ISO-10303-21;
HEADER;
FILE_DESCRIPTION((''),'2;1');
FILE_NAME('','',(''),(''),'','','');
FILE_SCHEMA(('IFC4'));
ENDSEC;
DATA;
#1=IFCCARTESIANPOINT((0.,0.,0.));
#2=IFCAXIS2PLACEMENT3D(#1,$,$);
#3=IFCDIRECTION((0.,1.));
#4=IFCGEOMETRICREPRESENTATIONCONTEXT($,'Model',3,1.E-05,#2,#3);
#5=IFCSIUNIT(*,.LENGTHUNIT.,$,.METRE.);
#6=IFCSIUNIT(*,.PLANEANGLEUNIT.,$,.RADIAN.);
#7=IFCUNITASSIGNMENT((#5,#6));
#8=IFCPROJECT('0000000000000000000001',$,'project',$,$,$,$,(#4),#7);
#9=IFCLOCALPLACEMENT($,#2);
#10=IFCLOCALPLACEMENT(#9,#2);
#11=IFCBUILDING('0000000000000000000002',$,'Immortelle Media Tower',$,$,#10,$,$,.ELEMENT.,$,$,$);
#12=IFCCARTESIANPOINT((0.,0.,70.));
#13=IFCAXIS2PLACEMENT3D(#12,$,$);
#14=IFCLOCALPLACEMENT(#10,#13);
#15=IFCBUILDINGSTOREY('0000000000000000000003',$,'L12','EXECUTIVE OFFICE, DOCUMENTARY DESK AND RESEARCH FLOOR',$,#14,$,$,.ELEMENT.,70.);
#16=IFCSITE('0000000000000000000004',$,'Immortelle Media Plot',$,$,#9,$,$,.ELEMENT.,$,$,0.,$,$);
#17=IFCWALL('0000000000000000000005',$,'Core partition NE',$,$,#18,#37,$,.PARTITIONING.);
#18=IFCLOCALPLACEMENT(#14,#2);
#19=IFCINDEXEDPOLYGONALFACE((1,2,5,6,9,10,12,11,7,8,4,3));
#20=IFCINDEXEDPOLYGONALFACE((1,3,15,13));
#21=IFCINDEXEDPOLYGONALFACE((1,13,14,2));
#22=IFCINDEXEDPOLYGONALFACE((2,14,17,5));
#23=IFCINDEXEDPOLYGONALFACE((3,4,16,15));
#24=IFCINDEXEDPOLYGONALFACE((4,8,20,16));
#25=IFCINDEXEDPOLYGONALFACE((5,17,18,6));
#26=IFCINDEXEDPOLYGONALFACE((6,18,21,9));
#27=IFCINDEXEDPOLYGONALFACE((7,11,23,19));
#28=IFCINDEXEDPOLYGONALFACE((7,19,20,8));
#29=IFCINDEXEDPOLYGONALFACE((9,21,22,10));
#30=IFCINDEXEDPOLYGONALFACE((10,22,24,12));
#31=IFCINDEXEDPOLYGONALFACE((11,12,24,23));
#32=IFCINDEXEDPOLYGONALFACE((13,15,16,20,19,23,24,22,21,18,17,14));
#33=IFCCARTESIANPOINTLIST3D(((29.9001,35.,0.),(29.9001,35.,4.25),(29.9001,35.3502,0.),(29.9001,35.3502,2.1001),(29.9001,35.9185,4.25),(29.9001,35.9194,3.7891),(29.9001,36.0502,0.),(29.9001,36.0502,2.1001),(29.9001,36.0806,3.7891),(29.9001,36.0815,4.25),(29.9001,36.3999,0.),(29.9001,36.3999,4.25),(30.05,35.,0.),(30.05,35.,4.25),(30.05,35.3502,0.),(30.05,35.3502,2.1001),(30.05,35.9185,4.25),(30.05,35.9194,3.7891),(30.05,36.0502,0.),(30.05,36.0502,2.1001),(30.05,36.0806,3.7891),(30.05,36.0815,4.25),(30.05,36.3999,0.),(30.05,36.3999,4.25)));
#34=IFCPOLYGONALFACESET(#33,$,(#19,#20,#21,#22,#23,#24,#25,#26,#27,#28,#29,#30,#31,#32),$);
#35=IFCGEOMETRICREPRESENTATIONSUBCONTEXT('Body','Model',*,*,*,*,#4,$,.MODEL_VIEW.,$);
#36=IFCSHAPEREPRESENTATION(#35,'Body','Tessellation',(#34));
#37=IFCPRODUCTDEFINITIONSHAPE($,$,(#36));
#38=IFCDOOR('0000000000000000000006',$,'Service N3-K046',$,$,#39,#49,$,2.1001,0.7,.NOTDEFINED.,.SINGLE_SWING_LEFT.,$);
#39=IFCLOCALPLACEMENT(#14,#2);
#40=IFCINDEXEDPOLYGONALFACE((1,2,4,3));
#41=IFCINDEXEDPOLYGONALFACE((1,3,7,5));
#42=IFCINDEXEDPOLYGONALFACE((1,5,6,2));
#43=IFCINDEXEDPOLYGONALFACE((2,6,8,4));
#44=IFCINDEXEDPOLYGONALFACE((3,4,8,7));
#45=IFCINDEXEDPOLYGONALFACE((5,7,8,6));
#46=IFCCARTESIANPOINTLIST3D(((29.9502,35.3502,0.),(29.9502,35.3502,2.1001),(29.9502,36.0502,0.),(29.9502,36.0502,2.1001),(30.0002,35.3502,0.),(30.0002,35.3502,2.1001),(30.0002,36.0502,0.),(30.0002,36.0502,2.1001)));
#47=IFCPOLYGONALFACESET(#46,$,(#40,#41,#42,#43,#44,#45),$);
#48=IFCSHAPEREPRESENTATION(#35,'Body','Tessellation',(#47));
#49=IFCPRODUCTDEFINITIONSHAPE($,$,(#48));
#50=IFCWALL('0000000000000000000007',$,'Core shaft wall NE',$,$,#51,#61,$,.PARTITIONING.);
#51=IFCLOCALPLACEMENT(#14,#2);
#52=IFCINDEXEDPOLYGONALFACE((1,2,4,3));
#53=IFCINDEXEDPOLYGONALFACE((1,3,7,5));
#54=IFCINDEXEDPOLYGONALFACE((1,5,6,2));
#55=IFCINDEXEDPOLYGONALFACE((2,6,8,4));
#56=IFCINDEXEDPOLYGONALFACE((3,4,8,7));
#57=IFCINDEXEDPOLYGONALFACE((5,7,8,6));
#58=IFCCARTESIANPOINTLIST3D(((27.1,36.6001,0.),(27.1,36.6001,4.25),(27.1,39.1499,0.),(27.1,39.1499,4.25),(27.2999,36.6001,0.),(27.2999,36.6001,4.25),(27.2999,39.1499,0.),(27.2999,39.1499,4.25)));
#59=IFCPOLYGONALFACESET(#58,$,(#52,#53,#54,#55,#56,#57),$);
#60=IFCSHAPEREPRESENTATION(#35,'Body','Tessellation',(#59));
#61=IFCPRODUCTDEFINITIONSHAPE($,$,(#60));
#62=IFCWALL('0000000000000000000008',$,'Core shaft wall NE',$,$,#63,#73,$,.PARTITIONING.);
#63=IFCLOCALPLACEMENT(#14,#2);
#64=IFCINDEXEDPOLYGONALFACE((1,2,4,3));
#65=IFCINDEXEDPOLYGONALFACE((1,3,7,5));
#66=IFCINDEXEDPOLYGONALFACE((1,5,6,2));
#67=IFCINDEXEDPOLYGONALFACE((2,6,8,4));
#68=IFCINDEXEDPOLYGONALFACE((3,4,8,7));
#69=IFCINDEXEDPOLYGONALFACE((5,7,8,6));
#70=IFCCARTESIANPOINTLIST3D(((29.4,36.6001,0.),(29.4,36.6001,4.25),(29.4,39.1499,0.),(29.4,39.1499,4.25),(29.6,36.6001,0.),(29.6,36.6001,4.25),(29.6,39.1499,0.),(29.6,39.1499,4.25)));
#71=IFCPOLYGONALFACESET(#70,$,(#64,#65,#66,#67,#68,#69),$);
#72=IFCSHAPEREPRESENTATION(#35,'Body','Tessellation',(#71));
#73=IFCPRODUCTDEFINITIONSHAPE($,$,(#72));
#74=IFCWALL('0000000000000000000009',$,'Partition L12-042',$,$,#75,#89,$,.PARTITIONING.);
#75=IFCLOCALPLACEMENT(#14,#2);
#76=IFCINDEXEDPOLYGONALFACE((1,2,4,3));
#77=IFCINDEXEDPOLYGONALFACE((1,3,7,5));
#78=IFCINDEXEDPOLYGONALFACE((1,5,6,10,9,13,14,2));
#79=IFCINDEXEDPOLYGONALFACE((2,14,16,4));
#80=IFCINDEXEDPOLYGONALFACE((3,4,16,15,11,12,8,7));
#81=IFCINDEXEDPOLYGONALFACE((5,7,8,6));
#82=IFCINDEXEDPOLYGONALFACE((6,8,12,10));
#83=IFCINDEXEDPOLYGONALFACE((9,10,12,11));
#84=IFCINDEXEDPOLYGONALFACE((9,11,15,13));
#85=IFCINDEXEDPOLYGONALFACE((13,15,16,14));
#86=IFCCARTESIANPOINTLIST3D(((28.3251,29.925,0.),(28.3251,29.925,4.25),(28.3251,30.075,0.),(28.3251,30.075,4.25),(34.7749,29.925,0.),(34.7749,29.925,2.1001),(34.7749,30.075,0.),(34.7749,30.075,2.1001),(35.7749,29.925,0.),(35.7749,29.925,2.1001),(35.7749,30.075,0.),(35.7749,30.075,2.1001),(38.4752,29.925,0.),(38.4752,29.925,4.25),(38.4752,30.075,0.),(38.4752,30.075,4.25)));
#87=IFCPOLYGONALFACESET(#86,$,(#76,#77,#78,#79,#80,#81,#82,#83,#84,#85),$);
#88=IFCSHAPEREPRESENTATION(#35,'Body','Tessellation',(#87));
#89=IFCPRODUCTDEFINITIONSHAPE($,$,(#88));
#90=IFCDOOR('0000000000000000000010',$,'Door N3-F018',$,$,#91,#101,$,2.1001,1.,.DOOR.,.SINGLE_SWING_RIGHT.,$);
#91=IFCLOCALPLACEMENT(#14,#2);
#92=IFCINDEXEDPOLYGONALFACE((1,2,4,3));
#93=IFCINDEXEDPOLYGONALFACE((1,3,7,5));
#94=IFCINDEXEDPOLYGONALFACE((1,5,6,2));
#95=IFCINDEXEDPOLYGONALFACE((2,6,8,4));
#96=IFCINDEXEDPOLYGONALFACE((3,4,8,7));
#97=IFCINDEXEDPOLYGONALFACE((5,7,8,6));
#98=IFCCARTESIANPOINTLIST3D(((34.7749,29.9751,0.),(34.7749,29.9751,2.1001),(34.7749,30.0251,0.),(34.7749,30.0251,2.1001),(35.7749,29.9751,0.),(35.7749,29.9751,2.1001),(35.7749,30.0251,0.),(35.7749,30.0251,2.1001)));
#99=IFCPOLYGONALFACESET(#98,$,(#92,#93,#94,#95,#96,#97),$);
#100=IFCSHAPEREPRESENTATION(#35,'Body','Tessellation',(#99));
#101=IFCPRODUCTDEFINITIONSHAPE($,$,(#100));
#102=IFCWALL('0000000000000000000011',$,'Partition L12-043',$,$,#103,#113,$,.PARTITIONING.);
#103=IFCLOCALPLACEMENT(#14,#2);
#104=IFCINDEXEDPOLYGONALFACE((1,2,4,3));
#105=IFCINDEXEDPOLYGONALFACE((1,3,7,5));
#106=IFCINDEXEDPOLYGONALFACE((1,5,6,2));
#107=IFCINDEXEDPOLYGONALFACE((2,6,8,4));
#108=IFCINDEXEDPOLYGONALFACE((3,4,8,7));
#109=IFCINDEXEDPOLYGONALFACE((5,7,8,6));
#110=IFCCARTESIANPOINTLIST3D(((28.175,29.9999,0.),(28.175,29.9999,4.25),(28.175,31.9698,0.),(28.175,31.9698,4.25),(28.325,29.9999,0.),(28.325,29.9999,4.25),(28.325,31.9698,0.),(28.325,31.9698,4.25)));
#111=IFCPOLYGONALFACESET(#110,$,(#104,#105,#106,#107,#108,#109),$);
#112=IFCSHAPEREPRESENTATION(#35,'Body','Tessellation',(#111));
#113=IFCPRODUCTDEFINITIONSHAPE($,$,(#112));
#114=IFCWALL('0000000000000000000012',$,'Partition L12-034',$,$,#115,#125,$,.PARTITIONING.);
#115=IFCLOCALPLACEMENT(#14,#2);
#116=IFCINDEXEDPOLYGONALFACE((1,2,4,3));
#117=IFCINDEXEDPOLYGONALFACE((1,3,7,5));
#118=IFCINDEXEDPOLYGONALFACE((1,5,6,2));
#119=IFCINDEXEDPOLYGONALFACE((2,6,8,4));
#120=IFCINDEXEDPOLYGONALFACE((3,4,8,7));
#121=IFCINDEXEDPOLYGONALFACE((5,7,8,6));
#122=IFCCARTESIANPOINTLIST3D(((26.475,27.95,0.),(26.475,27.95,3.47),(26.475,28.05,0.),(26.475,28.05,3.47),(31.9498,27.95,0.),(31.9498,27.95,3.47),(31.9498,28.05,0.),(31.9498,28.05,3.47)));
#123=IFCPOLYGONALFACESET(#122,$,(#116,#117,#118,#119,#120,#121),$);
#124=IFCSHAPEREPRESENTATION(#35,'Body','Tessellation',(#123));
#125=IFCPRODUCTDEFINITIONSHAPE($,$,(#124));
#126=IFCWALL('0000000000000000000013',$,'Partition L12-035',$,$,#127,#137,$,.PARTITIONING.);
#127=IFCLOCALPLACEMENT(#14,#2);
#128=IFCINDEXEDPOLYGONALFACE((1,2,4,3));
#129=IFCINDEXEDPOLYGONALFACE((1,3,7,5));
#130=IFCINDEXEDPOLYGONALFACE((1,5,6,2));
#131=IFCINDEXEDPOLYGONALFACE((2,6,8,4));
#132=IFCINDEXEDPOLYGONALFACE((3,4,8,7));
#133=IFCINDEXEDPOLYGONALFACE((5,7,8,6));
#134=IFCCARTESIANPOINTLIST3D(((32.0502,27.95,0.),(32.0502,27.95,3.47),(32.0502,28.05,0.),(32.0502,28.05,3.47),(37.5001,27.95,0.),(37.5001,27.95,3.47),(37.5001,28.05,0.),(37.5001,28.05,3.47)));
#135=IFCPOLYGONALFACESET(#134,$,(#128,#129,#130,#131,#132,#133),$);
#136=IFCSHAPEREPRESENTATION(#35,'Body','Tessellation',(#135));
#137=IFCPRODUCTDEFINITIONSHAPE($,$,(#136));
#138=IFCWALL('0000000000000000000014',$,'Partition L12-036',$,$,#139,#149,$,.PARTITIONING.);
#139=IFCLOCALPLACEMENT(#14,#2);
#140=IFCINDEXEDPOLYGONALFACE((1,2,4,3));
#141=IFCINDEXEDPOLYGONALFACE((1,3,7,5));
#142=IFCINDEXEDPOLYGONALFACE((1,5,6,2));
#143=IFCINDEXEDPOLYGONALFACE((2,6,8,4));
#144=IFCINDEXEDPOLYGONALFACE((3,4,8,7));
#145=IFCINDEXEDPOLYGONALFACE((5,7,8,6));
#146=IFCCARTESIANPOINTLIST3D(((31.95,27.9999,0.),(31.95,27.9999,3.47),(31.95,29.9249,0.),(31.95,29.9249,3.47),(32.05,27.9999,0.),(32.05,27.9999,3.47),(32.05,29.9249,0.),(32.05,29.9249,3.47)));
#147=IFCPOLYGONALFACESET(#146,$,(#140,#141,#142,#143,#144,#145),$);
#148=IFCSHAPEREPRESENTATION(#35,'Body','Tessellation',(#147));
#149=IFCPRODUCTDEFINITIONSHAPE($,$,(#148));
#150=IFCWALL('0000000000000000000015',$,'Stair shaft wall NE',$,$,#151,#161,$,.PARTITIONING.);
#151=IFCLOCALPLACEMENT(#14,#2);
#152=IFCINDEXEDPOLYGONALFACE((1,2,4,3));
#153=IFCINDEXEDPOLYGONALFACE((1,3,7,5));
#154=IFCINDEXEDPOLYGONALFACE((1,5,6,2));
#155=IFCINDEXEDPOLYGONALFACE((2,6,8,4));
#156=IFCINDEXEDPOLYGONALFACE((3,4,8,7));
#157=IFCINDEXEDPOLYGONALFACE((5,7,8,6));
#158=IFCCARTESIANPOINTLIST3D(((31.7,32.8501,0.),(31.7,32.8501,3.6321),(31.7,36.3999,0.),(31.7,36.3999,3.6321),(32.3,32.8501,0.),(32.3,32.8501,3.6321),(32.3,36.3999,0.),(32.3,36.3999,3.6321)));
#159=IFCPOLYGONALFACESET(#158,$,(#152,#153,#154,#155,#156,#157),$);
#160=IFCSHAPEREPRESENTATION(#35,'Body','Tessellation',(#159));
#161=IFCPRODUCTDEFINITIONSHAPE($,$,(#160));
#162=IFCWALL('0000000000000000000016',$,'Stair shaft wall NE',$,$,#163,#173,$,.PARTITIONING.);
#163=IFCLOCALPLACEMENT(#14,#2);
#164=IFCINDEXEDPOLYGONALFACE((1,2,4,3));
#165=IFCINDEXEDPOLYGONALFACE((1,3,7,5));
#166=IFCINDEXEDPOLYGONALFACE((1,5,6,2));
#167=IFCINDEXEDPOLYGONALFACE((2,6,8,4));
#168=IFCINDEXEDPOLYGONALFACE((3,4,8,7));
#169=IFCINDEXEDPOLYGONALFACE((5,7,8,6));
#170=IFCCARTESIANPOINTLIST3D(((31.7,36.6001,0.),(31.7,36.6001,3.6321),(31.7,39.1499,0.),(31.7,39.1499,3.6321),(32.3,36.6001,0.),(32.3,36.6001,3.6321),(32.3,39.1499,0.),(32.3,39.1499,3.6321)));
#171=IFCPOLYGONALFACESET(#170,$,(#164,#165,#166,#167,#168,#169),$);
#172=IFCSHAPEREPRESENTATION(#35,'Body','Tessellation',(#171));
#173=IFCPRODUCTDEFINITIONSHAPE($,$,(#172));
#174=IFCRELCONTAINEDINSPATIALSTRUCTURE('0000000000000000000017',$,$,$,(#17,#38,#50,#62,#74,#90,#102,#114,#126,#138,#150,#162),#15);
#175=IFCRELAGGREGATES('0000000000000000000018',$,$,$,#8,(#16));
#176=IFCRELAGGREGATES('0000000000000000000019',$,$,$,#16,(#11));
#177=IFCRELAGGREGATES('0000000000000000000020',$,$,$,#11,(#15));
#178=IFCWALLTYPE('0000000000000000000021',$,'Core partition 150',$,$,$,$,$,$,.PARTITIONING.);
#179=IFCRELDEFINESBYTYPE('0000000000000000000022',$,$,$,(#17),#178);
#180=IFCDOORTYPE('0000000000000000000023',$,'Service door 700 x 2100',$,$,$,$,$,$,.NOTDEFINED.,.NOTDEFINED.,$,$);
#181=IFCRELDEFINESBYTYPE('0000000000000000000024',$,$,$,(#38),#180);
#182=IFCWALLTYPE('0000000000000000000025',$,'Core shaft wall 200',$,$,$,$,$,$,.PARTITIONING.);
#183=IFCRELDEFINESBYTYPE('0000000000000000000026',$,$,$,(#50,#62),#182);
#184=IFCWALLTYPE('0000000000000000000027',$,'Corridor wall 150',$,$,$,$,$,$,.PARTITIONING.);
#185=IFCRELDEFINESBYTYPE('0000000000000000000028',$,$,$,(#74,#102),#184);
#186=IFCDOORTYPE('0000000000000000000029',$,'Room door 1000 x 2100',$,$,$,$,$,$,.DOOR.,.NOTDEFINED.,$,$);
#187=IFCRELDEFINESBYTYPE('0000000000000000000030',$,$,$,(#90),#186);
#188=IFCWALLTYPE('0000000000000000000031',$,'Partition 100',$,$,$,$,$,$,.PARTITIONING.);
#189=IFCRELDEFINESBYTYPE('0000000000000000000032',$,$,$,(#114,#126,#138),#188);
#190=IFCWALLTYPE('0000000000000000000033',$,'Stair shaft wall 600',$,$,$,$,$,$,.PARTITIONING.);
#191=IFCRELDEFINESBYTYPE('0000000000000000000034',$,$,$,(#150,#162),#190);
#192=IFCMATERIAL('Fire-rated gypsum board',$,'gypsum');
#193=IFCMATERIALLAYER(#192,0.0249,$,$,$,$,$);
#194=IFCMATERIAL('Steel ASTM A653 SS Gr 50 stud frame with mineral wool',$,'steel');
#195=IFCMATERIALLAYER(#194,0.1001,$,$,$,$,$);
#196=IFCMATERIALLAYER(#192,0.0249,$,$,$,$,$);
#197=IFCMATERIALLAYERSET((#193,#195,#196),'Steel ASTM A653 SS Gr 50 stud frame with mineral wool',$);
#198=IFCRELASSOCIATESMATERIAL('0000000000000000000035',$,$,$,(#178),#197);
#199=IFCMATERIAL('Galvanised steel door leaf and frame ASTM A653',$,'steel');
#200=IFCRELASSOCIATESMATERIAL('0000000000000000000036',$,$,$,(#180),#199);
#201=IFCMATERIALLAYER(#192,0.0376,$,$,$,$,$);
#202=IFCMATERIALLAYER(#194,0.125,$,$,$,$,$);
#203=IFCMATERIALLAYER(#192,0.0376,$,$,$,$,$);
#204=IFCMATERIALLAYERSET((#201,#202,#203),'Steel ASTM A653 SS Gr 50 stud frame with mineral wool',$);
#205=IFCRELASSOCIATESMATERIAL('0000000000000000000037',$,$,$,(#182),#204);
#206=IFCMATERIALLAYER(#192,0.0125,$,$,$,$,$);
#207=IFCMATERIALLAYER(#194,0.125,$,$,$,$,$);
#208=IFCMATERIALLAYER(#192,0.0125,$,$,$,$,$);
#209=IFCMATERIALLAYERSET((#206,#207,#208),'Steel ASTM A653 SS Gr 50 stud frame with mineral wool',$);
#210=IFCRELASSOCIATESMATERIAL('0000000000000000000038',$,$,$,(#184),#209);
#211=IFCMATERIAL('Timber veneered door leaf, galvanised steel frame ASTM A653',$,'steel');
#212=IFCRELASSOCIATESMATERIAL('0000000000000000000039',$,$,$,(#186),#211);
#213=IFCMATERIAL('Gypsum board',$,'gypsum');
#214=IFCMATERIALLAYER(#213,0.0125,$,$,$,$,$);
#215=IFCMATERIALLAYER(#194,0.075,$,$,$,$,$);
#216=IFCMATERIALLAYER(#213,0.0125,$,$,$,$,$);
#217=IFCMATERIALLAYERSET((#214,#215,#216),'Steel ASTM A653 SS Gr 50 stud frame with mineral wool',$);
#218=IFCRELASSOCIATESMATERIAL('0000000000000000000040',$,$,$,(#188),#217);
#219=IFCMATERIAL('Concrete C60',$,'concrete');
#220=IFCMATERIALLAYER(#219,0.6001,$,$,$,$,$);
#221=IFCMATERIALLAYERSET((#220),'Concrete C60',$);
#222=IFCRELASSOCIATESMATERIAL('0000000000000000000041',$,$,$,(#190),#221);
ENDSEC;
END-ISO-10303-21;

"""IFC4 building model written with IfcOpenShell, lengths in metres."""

from ifc_helpers import new_model, si_unit, direction, frame, frame_2d, origin, place, context, subcontext, project, spatial, polyline, rectangle, outline, extrude, material, layer, layer_set, type_object, element, fill, save


model = new_model("IFC4")

# Units and contexts
model_context = context("Model", 3, precision=1e-05, world=origin(), true_north=direction((0.0, 1.0)))
body_context = subcontext(model_context, "Body", "Model", "MODEL_VIEW")
ifc_project = project(units=[si_unit("LENGTHUNIT", "METRE"), si_unit("PLANEANGLEUNIT", "RADIAN")], contexts=[model_context])

# Site, building, storey
site_placement = place(None, origin())
site = spatial("IfcSite", under=ifc_project, at=site_placement, Name="Immortelle Media Plot", CompositionType="ELEMENT", RefElevation=0.0)
building_placement = place(site_placement, origin())
building = spatial("IfcBuilding", under=site, at=building_placement, Name="Immortelle Media Tower", CompositionType="ELEMENT")
storey_placement = place(building_placement, frame((0.0, 0.0, 70.0)))
storey = spatial("IfcBuildingStorey", under=building, at=storey_placement, Name="L12", Description="EXECUTIVE OFFICE, DOCUMENTARY DESK AND RESEARCH FLOOR", CompositionType="ELEMENT", Elevation=70.0)

# Shared definitions
ifc_material_1 = material(Name="Fire-rated gypsum board", Category="gypsum")
ifc_layer_1 = layer(ifc_material_1, 0.0249)
ifc_material_2 = material(Name="Steel ASTM A653 SS Gr 50 stud frame with mineral wool", Category="steel")
ifc_layer_2 = layer(ifc_material_2, 0.1001)
ifc_layer_3 = layer(ifc_material_1, 0.0249)
ifc_layer_set_1 = layer_set([ifc_layer_1, ifc_layer_2, ifc_layer_3], Name="Steel ASTM A653 SS Gr 50 stud frame with mineral wool")
wall_type_1 = type_object("IfcWallType", Name="Core partition 150", PredefinedType="PARTITIONING", material=ifc_layer_set_1)
ifc_material_3 = material(Name="Galvanised steel door leaf and frame ASTM A653", Category="steel")

# Wall, opening, door
wall_1_placement = place(storey_placement, frame((29.9751, 35.0, 0.0), z_axis=(0.0, 0.0, 1.0), x_axis=(0.0, 1.0, 0.0)))
wall_1 = element("IfcWall", 1, at=wall_1_placement, inside=storey, type_object=wall_type_1, Name="Core partition NE", PredefinedType="PARTITIONING", context=body_context, shape_type="SweptSolid", body=[
    extrude(outline(polyline([(0.0, 0.0), (1.3999, 0.0), (1.3999, 4.25), (1.0815, 4.25), (1.0806, 3.7891), (0.9194, 3.7891), (0.9185, 4.25), (0.0, 4.25), (0.0, 0.0)])), frame((0.0, 0.075, 0.0), z_axis=(0.0, -1.0, 0.0), x_axis=(1.0, 0.0, 0.0)), (0.0, 0.0, 1.0), 0.1499),
])
opening_1_placement = place(wall_1_placement, frame((0.3501, 0.0, 0.0)))
opening_1 = element("IfcOpeningElement", 2, at=opening_1_placement, cuts=wall_1, PredefinedType="OPENING", context=body_context, shape_type="SweptSolid", body=[
    extrude(rectangle(XDim=0.7, YDim=2.1001, at=frame_2d((0.3501, 1.05))), frame((0.0, 0.085, 0.0), z_axis=(0.0, -1.0, 0.0), x_axis=(1.0, 0.0, 0.0)), (0.0, 0.0, 1.0), 0.1699),
])
door_type_1 = type_object("IfcDoorType", Name="Service door 700 x 2100", OperationType="NOTDEFINED", PredefinedType="NOTDEFINED", material=ifc_material_3)
door_1_placement = place(opening_1_placement, origin())
door_1 = element("IfcDoor", 3, at=door_1_placement, inside=storey, type_object=door_type_1, Name="Service N3-K046", OperationType="SINGLE_SWING_LEFT", OverallHeight=2.1001, OverallWidth=0.7, PredefinedType="NOTDEFINED", context=body_context, shape_type="SweptSolid", body=[
    extrude(rectangle(XDim=0.7, YDim=2.1001, at=frame_2d((0.3501, 1.05))), frame((0.0, 0.0249, 0.0), z_axis=(0.0, -1.0, 0.0), x_axis=(1.0, 0.0, 0.0)), (0.0, 0.0, 1.0), 0.05),
])
fill(opening_1, door_1)

# Walls
ifc_layer_4 = layer(ifc_material_1, 0.0376)
ifc_layer_5 = layer(ifc_material_2, 0.125)
ifc_layer_6 = layer(ifc_material_1, 0.0376)
ifc_layer_set_2 = layer_set([ifc_layer_4, ifc_layer_5, ifc_layer_6], Name="Steel ASTM A653 SS Gr 50 stud frame with mineral wool")
wall_type_2 = type_object("IfcWallType", Name="Core shaft wall 200", PredefinedType="PARTITIONING", material=ifc_layer_set_2)
for number, where, z_axis, x_axis, name in (
    (4, (27.2, 36.6001, 0.0), (0.0, 0.0, 1.0), (0.0, 1.0, 0.0), "Core shaft wall NE"),
    (5, (29.5, 36.6001, 0.0), (0.0, 0.0, 1.0), (0.0, 1.0, 0.0), "Core shaft wall NE"),
):
    element("IfcWall", number, at=place(storey_placement, frame(where, z_axis=z_axis, x_axis=x_axis)), inside=storey, type_object=wall_type_2, Name=name, PredefinedType="PARTITIONING", context=body_context, shape_type="SweptSolid", body=[
        extrude(rectangle(XDim=2.5498, YDim=0.2, at=frame_2d((1.2749, 0.0))), origin(), (0.0, 0.0, 1.0), 4.25),
    ])

# Wall, opening, door
ifc_layer_7 = layer(ifc_material_1, 0.0125)
ifc_layer_8 = layer(ifc_material_2, 0.125)
ifc_layer_9 = layer(ifc_material_1, 0.0125)
ifc_layer_set_3 = layer_set([ifc_layer_7, ifc_layer_8, ifc_layer_9], Name="Steel ASTM A653 SS Gr 50 stud frame with mineral wool")
wall_type_3 = type_object("IfcWallType", Name="Corridor wall 150", PredefinedType="PARTITIONING", material=ifc_layer_set_3)
wall_2_placement = place(storey_placement, frame((28.325, 30.0, 0.0), z_axis=(0.0, 0.0, 1.0), x_axis=(1.0, 0.0, 0.0)))
wall_2 = element("IfcWall", 6, at=wall_2_placement, inside=storey, type_object=wall_type_3, Name="Partition L12-042", PredefinedType="PARTITIONING", context=body_context, shape_type="SweptSolid", body=[
    extrude(rectangle(XDim=10.1501, YDim=0.1499, at=frame_2d((5.0752, 0.0))), origin(), (0.0, 0.0, 1.0), 4.25),
])
opening_2_placement = place(wall_2_placement, frame((7.45, 0.0, 0.0), z_axis=(0.0, 0.0, 1.0), x_axis=(-1.0, 0.0, 0.0)))
opening_2 = element("IfcOpeningElement", 7, at=opening_2_placement, cuts=wall_2, PredefinedType="OPENING", context=body_context, shape_type="SweptSolid", body=[
    extrude(rectangle(XDim=1.0, YDim=2.1001, at=frame_2d((0.5, 1.05))), frame((0.0, 0.085, 0.0), z_axis=(0.0, -1.0, 0.0), x_axis=(1.0, 0.0, 0.0)), (0.0, 0.0, 1.0), 0.1699),
])
ifc_material_4 = material(Name="Timber veneered door leaf, galvanised steel frame ASTM A653", Category="steel")
door_type_2 = type_object("IfcDoorType", Name="Room door 1000 x 2100", OperationType="NOTDEFINED", PredefinedType="DOOR", material=ifc_material_4)
door_2_placement = place(opening_2_placement, origin())
door_2 = element("IfcDoor", 8, at=door_2_placement, inside=storey, type_object=door_type_2, Name="Door N3-F018", OperationType="SINGLE_SWING_RIGHT", OverallHeight=2.1001, OverallWidth=1.0, PredefinedType="DOOR", context=body_context, shape_type="SweptSolid", body=[
    extrude(rectangle(XDim=1.0, YDim=2.1001, at=frame_2d((0.5, 1.05))), frame((0.0, 0.0249, 0.0), z_axis=(0.0, -1.0, 0.0), x_axis=(1.0, 0.0, 0.0)), (0.0, 0.0, 1.0), 0.05),
])
fill(opening_2, door_2)

# Walls
wall_3_placement = place(storey_placement, frame((28.25, 30.0, 0.0), z_axis=(0.0, 0.0, 1.0), x_axis=(0.0, 1.0, 0.0)))
element("IfcWall", 9, at=wall_3_placement, inside=storey, type_object=wall_type_3, Name="Partition L12-043", PredefinedType="PARTITIONING", context=body_context, shape_type="SweptSolid", body=[
    extrude(rectangle(XDim=1.97, YDim=0.1499, at=frame_2d((0.9849, 0.0))), origin(), (0.0, 0.0, 1.0), 4.25),
])
ifc_material_5 = material(Name="Gypsum board", Category="gypsum")
ifc_layer_10 = layer(ifc_material_5, 0.0125)
ifc_layer_11 = layer(ifc_material_2, 0.075)
ifc_layer_12 = layer(ifc_material_5, 0.0125)
ifc_layer_set_4 = layer_set([ifc_layer_10, ifc_layer_11, ifc_layer_12], Name="Steel ASTM A653 SS Gr 50 stud frame with mineral wool")
wall_type_4 = type_object("IfcWallType", Name="Partition 100", PredefinedType="PARTITIONING", material=ifc_layer_set_4)
wall_4_placement = place(storey_placement, frame((26.4751, 28.0, 0.0), z_axis=(0.0, 0.0, 1.0), x_axis=(1.0, 0.0, 0.0)))
element("IfcWall", 10, at=wall_4_placement, inside=storey, type_object=wall_type_4, Name="Partition L12-034", PredefinedType="PARTITIONING", context=body_context, shape_type="SweptSolid", body=[
    extrude(rectangle(XDim=5.4749, YDim=0.1001, at=frame_2d((2.7373, 0.0))), origin(), (0.0, 0.0, 1.0), 3.47),
])
wall_5_placement = place(storey_placement, frame((32.05, 28.0, 0.0), z_axis=(0.0, 0.0, 1.0), x_axis=(1.0, 0.0, 0.0)))
element("IfcWall", 11, at=wall_5_placement, inside=storey, type_object=wall_type_4, Name="Partition L12-035", PredefinedType="PARTITIONING", context=body_context, shape_type="SweptSolid", body=[
    extrude(rectangle(XDim=5.45, YDim=0.1001, at=frame_2d((2.7251, 0.0))), origin(), (0.0, 0.0, 1.0), 3.47),
])
wall_6_placement = place(storey_placement, frame((32.0, 28.0, 0.0), z_axis=(0.0, 0.0, 1.0), x_axis=(0.0, 1.0, 0.0)))
element("IfcWall", 12, at=wall_6_placement, inside=storey, type_object=wall_type_4, Name="Partition L12-036", PredefinedType="PARTITIONING", context=body_context, shape_type="SweptSolid", body=[
    extrude(rectangle(XDim=1.925, YDim=0.1001, at=frame_2d((0.9624, 0.0))), origin(), (0.0, 0.0, 1.0), 3.47),
])
ifc_material_6 = material(Name="Concrete C60", Category="concrete")
ifc_layer_13 = layer(ifc_material_6, 0.6001)
ifc_layer_set_5 = layer_set([ifc_layer_13], Name="Concrete C60")
wall_type_5 = type_object("IfcWallType", Name="Stair shaft wall 600", PredefinedType="PARTITIONING", material=ifc_layer_set_5)
wall_7_placement = place(storey_placement, frame((32.0, 32.8501, 0.0), z_axis=(0.0, 0.0, 1.0), x_axis=(0.0, 1.0, 0.0)))
element("IfcWall", 13, at=wall_7_placement, inside=storey, type_object=wall_type_5, Name="Stair shaft wall NE", PredefinedType="PARTITIONING", context=body_context, shape_type="SweptSolid", body=[
    extrude(rectangle(XDim=3.5498, YDim=0.6001, at=frame_2d((1.7749, 0.0))), origin(), (0.0, 0.0, 1.0), 3.6321),
])
wall_8_placement = place(storey_placement, frame((32.0, 36.6001, 0.0), z_axis=(0.0, 0.0, 1.0), x_axis=(0.0, 1.0, 0.0)))
element("IfcWall", 14, at=wall_8_placement, inside=storey, type_object=wall_type_5, Name="Stair shaft wall NE", PredefinedType="PARTITIONING", context=body_context, shape_type="SweptSolid", body=[
    extrude(rectangle(XDim=2.5498, YDim=0.6001, at=frame_2d((1.2749, 0.0))), origin(), (0.0, 0.0, 1.0), 3.6321),
])

save(model, "model.ifc")
